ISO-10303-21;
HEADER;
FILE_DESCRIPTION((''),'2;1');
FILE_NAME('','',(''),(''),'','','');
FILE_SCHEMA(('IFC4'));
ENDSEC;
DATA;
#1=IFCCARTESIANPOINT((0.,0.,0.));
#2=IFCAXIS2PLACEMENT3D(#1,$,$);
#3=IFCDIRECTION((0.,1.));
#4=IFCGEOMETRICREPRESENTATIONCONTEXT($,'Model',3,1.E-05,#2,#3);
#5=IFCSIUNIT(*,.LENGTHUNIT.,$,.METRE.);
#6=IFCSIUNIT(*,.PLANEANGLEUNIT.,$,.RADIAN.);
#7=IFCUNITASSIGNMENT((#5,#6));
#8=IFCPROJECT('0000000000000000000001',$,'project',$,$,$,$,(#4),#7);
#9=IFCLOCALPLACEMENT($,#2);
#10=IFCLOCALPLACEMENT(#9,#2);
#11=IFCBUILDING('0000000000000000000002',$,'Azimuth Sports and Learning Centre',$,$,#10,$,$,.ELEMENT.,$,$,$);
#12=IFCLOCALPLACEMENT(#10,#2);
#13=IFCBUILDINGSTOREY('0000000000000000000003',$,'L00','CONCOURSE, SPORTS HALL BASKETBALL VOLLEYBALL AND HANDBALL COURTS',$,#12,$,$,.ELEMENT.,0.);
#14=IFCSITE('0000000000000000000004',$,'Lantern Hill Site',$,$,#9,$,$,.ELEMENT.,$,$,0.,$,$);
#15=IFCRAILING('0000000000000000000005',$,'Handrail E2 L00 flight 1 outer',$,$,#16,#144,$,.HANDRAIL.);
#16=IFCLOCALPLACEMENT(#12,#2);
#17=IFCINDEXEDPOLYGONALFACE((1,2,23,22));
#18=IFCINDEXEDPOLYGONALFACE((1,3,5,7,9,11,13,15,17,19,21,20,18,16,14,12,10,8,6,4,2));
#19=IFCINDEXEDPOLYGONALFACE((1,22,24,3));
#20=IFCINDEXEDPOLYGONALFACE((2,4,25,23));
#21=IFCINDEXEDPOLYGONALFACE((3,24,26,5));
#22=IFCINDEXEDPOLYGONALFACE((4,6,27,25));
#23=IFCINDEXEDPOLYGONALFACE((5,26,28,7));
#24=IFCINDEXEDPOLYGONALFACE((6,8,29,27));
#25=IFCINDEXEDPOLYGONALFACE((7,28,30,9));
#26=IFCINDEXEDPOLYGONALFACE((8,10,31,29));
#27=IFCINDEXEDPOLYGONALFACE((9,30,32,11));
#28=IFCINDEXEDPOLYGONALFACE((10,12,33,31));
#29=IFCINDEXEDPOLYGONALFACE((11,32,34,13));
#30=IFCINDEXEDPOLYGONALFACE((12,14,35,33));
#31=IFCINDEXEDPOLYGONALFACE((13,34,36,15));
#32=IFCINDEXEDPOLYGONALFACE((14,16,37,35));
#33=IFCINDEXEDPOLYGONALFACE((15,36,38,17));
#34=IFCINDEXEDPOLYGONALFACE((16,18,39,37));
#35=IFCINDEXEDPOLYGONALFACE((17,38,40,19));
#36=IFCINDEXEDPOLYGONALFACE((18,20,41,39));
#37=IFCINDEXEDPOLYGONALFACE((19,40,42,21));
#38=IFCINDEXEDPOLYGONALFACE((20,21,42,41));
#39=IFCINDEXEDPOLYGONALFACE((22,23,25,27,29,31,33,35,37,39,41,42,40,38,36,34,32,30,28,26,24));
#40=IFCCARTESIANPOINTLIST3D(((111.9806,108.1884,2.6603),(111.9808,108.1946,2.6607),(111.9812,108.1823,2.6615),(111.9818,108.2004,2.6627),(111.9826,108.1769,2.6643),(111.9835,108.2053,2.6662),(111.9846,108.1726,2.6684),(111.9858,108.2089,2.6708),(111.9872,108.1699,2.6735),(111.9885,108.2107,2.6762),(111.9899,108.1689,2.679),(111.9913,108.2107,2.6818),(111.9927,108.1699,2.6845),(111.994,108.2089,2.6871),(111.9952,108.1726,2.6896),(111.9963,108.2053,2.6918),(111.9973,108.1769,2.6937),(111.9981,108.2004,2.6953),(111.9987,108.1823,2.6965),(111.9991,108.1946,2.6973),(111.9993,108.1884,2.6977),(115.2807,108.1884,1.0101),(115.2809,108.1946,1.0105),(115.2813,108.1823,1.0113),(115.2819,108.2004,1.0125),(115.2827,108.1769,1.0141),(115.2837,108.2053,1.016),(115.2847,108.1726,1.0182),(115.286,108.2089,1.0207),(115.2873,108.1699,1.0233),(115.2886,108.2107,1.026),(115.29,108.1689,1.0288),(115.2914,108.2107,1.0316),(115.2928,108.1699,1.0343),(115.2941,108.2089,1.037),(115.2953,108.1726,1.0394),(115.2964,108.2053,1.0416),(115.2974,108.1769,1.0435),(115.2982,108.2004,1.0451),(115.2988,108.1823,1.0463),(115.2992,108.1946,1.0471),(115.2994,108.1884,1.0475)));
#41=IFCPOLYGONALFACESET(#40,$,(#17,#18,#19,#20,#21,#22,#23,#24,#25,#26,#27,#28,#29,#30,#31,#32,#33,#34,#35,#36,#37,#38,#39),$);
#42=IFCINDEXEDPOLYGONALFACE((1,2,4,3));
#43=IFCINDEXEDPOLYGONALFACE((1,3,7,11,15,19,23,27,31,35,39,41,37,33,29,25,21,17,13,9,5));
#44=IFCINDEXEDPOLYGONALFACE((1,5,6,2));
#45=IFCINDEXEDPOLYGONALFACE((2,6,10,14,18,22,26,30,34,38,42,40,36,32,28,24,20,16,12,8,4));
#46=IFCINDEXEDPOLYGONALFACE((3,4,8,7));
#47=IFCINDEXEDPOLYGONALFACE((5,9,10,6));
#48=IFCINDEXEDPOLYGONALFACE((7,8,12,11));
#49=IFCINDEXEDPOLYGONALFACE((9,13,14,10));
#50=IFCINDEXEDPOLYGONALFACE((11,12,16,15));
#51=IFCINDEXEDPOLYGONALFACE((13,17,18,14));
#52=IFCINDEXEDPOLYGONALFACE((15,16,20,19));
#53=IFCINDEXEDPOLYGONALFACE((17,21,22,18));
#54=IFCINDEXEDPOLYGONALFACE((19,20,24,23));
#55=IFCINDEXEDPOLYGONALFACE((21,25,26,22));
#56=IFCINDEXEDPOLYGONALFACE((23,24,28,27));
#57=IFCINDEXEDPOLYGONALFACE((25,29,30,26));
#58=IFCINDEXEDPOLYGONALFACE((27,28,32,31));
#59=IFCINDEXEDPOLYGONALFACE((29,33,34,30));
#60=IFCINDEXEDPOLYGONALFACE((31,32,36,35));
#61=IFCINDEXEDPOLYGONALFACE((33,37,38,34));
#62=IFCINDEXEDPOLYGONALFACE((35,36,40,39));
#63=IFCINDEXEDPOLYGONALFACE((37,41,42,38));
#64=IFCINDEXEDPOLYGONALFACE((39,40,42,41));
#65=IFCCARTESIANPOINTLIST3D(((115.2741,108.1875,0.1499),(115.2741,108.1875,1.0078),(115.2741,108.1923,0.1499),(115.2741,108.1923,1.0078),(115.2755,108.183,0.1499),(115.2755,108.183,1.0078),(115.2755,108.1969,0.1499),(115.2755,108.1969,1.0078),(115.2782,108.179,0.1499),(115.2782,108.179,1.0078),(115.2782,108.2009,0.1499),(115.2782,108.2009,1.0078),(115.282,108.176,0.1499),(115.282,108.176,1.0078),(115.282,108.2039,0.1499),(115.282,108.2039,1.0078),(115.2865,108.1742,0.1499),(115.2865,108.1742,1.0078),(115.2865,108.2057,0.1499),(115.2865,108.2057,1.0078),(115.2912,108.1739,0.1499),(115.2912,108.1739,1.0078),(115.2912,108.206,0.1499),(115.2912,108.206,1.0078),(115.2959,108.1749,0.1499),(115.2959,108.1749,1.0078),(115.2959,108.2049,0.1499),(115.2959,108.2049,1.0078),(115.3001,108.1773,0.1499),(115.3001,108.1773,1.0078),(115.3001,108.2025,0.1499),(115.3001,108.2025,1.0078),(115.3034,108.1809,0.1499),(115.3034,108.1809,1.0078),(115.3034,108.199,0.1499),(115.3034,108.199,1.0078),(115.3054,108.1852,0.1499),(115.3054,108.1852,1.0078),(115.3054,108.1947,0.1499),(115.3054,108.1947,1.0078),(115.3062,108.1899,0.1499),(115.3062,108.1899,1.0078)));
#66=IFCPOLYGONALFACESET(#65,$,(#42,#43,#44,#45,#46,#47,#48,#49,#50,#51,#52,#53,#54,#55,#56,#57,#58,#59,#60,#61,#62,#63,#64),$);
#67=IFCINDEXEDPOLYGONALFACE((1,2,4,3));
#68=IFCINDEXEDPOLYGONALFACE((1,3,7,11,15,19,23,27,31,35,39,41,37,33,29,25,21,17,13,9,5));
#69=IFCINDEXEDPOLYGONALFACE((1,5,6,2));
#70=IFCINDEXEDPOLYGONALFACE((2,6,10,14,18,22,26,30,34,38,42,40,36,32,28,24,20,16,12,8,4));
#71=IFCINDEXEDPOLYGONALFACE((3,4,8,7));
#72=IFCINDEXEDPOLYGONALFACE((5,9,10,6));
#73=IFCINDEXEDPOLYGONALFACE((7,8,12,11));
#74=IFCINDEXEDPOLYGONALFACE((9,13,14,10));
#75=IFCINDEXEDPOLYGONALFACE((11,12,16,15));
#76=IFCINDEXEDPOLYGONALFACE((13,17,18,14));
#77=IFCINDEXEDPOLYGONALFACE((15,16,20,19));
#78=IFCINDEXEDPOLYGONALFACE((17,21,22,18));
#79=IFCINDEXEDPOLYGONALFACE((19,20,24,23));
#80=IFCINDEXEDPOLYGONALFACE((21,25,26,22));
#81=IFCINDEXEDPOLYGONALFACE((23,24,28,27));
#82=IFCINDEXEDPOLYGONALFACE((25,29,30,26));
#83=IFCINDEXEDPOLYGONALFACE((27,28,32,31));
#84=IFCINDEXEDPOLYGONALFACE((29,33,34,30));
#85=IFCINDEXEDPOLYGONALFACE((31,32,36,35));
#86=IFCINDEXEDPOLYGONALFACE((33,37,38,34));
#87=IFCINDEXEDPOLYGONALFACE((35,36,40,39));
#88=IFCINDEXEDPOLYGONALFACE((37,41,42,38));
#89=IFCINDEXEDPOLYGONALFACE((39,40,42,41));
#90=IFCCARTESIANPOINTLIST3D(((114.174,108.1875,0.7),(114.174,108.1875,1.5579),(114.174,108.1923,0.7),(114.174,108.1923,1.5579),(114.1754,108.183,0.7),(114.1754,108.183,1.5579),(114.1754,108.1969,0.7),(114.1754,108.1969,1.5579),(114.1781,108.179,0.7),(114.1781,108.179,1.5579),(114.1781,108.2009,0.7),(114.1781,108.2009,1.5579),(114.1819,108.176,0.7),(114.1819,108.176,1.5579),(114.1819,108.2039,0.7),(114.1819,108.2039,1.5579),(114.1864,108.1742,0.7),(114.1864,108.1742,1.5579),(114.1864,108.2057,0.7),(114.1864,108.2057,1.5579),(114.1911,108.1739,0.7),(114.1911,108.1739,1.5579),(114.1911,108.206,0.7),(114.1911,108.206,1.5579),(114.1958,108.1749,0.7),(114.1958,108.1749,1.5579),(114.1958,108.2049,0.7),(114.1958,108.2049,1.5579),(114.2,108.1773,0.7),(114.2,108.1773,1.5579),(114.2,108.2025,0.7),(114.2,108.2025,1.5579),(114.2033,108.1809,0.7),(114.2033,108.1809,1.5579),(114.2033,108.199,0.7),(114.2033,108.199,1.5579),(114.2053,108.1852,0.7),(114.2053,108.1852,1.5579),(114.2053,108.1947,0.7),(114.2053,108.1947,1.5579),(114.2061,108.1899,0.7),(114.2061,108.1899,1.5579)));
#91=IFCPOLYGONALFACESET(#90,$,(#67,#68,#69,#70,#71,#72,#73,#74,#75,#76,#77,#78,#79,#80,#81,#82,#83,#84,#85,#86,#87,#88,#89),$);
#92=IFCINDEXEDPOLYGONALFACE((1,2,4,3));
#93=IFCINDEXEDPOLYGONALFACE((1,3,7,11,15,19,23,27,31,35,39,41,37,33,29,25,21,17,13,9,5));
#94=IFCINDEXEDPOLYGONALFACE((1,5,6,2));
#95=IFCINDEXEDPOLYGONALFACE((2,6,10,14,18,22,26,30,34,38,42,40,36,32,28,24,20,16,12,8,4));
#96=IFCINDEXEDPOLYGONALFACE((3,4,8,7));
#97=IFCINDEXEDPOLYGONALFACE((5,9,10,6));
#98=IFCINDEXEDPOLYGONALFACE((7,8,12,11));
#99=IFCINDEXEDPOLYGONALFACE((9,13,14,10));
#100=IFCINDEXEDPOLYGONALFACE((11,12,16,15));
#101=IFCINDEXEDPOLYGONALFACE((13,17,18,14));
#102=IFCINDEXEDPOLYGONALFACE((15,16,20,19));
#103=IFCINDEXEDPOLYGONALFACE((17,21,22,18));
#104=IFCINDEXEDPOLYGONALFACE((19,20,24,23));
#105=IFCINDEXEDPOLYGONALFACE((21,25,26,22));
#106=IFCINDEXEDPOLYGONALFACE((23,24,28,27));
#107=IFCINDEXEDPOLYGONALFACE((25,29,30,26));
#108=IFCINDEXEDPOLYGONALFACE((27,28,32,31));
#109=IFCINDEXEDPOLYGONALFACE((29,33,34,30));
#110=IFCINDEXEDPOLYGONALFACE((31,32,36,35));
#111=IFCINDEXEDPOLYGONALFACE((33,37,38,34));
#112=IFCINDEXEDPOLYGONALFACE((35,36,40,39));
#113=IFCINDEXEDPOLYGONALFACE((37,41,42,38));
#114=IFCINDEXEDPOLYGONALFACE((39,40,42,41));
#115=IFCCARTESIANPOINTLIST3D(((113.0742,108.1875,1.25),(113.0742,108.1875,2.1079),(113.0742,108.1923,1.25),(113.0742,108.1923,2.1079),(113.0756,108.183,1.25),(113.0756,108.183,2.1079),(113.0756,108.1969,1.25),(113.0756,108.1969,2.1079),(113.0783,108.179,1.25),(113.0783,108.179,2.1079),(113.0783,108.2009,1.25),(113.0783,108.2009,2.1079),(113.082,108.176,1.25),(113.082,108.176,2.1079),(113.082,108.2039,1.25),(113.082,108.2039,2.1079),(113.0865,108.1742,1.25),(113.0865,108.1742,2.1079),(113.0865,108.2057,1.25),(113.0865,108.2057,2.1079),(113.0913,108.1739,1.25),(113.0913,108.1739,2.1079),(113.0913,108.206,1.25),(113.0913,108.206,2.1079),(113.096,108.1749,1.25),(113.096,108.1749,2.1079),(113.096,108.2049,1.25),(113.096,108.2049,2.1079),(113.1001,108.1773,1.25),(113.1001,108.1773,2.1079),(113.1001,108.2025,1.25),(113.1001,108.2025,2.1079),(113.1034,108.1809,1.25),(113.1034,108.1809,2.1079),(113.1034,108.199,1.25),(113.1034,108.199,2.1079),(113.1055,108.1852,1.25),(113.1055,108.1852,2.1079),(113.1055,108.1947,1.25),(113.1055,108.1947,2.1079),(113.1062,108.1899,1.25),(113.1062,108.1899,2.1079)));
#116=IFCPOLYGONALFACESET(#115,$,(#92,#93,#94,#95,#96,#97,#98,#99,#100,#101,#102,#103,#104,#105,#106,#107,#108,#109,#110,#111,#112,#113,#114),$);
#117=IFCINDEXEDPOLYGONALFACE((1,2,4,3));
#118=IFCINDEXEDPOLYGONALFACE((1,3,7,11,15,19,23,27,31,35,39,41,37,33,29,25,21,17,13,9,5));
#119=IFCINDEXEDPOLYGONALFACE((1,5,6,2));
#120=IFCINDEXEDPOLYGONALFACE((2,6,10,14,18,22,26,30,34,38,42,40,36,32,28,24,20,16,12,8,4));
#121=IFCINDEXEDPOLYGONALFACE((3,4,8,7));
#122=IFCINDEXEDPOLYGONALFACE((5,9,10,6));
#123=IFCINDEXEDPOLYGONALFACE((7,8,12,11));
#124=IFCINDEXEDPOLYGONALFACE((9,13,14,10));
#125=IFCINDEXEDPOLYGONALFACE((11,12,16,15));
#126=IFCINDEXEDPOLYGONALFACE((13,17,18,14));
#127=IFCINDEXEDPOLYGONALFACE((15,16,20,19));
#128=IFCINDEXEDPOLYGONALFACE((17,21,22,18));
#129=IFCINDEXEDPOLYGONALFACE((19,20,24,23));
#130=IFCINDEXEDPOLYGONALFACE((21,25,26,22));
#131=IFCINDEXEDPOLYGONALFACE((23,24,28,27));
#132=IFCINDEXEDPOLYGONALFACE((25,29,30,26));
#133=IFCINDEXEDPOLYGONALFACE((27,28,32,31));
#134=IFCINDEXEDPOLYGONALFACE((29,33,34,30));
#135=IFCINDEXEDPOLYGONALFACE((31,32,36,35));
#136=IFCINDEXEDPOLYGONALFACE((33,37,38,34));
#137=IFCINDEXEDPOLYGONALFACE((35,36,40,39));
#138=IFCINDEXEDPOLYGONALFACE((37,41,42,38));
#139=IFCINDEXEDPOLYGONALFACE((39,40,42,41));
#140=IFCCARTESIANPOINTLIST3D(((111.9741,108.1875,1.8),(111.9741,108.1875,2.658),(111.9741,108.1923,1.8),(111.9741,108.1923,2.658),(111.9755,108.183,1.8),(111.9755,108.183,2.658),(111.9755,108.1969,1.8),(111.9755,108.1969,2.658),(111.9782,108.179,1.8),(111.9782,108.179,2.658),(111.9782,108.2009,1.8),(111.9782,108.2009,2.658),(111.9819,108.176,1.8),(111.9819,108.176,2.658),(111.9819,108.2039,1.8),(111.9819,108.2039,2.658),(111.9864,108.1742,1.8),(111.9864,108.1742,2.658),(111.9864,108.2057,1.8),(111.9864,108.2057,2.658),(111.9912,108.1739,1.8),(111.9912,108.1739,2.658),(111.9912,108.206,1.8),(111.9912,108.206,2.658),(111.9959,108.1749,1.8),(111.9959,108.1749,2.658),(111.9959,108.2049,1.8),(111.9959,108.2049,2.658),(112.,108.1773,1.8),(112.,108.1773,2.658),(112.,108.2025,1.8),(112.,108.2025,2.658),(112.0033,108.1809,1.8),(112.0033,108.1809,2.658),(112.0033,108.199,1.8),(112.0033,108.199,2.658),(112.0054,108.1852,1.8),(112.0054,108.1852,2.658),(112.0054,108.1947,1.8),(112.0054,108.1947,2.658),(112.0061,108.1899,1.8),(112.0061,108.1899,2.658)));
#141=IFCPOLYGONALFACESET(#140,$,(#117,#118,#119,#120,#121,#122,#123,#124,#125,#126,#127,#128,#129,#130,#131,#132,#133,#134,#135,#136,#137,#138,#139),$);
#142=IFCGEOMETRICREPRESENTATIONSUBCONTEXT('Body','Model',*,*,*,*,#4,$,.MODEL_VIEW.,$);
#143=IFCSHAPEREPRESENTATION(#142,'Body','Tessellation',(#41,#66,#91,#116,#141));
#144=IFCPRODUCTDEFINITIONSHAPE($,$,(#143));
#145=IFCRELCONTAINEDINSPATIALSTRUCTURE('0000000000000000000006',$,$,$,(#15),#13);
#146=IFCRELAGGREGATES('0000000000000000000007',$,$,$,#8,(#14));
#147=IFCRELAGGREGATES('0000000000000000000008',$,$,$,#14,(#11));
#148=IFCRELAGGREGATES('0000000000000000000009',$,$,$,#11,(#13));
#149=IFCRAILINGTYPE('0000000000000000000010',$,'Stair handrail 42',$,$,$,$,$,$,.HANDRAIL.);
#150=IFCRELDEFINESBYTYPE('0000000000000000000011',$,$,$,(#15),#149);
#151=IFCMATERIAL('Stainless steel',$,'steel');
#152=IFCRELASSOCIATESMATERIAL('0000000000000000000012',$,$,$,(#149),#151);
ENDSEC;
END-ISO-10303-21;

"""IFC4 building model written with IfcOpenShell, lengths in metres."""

from ifc_helpers import new_model, si_unit, direction, frame, origin, origin_2d, place, context, subcontext, project, spatial, circle, extrude, material, type_object, element, save


model = new_model("IFC4")

# Units and contexts
model_context = context("Model", 3, precision=1e-05, world=origin(), true_north=direction((0.0, 1.0)))
body_context = subcontext(model_context, "Body", "Model", "MODEL_VIEW")
ifc_project = project(units=[si_unit("LENGTHUNIT", "METRE"), si_unit("PLANEANGLEUNIT", "RADIAN")], contexts=[model_context])

# Site, building, storey
site_placement = place(None, origin())
site = spatial("IfcSite", under=ifc_project, at=site_placement, Name="Lantern Hill Site", CompositionType="ELEMENT", RefElevation=0.0)
building_placement = place(site_placement, origin())
building = spatial("IfcBuilding", under=site, at=building_placement, Name="Azimuth Sports and Learning Centre", CompositionType="ELEMENT")
storey_placement = place(building_placement, origin())
storey = spatial("IfcBuildingStorey", under=building, at=storey_placement, Name="L00", Description="CONCOURSE, SPORTS HALL BASKETBALL VOLLEYBALL AND HANDBALL COURTS", CompositionType="ELEMENT", Elevation=0.0)

# Railing
ifc_material_1 = material(Name="Stainless steel", Category="steel")
railing_type_1 = type_object("IfcRailingType", Name="Stair handrail 42", PredefinedType="HANDRAIL", material=ifc_material_1)
for number, where, name in (
    (1, (115.29, 108.1899, 0.1499), "Handrail E2 L00 flight 1 outer"),
):
    element("IfcRailing", number, at=place(storey_placement, frame(where)), inside=storey, type_object=railing_type_1, Name=name, PredefinedType="HANDRAIL", context=body_context, shape_type="SweptSolid", body=[
        extrude(circle(Radius=0.021, at=origin_2d()), frame((0.0, 0.0, 0.8789), z_axis=(-0.894414, 0.0, 0.44724), x_axis=(0.0, -1.0, 0.0)), (0.0, 0.0, 1.0), 3.6897),
        extrude(circle(Radius=0.0161, at=origin_2d()), origin(), (0.0, 0.0, 1.0), 0.8579),
        extrude(circle(Radius=0.0161, at=origin_2d()), frame((-1.1001, 0.0, 0.55)), (0.0, 0.0, 1.0), 0.8579),
        extrude(circle(Radius=0.0161, at=origin_2d()), frame((-2.2, 0.0, 1.1001)), (0.0, 0.0, 1.0), 0.8579),
        extrude(circle(Radius=0.0161, at=origin_2d()), frame((-3.3, 0.0, 1.6501)), (0.0, 0.0, 1.0), 0.8579),
    ])

save(model, "model.ifc")
